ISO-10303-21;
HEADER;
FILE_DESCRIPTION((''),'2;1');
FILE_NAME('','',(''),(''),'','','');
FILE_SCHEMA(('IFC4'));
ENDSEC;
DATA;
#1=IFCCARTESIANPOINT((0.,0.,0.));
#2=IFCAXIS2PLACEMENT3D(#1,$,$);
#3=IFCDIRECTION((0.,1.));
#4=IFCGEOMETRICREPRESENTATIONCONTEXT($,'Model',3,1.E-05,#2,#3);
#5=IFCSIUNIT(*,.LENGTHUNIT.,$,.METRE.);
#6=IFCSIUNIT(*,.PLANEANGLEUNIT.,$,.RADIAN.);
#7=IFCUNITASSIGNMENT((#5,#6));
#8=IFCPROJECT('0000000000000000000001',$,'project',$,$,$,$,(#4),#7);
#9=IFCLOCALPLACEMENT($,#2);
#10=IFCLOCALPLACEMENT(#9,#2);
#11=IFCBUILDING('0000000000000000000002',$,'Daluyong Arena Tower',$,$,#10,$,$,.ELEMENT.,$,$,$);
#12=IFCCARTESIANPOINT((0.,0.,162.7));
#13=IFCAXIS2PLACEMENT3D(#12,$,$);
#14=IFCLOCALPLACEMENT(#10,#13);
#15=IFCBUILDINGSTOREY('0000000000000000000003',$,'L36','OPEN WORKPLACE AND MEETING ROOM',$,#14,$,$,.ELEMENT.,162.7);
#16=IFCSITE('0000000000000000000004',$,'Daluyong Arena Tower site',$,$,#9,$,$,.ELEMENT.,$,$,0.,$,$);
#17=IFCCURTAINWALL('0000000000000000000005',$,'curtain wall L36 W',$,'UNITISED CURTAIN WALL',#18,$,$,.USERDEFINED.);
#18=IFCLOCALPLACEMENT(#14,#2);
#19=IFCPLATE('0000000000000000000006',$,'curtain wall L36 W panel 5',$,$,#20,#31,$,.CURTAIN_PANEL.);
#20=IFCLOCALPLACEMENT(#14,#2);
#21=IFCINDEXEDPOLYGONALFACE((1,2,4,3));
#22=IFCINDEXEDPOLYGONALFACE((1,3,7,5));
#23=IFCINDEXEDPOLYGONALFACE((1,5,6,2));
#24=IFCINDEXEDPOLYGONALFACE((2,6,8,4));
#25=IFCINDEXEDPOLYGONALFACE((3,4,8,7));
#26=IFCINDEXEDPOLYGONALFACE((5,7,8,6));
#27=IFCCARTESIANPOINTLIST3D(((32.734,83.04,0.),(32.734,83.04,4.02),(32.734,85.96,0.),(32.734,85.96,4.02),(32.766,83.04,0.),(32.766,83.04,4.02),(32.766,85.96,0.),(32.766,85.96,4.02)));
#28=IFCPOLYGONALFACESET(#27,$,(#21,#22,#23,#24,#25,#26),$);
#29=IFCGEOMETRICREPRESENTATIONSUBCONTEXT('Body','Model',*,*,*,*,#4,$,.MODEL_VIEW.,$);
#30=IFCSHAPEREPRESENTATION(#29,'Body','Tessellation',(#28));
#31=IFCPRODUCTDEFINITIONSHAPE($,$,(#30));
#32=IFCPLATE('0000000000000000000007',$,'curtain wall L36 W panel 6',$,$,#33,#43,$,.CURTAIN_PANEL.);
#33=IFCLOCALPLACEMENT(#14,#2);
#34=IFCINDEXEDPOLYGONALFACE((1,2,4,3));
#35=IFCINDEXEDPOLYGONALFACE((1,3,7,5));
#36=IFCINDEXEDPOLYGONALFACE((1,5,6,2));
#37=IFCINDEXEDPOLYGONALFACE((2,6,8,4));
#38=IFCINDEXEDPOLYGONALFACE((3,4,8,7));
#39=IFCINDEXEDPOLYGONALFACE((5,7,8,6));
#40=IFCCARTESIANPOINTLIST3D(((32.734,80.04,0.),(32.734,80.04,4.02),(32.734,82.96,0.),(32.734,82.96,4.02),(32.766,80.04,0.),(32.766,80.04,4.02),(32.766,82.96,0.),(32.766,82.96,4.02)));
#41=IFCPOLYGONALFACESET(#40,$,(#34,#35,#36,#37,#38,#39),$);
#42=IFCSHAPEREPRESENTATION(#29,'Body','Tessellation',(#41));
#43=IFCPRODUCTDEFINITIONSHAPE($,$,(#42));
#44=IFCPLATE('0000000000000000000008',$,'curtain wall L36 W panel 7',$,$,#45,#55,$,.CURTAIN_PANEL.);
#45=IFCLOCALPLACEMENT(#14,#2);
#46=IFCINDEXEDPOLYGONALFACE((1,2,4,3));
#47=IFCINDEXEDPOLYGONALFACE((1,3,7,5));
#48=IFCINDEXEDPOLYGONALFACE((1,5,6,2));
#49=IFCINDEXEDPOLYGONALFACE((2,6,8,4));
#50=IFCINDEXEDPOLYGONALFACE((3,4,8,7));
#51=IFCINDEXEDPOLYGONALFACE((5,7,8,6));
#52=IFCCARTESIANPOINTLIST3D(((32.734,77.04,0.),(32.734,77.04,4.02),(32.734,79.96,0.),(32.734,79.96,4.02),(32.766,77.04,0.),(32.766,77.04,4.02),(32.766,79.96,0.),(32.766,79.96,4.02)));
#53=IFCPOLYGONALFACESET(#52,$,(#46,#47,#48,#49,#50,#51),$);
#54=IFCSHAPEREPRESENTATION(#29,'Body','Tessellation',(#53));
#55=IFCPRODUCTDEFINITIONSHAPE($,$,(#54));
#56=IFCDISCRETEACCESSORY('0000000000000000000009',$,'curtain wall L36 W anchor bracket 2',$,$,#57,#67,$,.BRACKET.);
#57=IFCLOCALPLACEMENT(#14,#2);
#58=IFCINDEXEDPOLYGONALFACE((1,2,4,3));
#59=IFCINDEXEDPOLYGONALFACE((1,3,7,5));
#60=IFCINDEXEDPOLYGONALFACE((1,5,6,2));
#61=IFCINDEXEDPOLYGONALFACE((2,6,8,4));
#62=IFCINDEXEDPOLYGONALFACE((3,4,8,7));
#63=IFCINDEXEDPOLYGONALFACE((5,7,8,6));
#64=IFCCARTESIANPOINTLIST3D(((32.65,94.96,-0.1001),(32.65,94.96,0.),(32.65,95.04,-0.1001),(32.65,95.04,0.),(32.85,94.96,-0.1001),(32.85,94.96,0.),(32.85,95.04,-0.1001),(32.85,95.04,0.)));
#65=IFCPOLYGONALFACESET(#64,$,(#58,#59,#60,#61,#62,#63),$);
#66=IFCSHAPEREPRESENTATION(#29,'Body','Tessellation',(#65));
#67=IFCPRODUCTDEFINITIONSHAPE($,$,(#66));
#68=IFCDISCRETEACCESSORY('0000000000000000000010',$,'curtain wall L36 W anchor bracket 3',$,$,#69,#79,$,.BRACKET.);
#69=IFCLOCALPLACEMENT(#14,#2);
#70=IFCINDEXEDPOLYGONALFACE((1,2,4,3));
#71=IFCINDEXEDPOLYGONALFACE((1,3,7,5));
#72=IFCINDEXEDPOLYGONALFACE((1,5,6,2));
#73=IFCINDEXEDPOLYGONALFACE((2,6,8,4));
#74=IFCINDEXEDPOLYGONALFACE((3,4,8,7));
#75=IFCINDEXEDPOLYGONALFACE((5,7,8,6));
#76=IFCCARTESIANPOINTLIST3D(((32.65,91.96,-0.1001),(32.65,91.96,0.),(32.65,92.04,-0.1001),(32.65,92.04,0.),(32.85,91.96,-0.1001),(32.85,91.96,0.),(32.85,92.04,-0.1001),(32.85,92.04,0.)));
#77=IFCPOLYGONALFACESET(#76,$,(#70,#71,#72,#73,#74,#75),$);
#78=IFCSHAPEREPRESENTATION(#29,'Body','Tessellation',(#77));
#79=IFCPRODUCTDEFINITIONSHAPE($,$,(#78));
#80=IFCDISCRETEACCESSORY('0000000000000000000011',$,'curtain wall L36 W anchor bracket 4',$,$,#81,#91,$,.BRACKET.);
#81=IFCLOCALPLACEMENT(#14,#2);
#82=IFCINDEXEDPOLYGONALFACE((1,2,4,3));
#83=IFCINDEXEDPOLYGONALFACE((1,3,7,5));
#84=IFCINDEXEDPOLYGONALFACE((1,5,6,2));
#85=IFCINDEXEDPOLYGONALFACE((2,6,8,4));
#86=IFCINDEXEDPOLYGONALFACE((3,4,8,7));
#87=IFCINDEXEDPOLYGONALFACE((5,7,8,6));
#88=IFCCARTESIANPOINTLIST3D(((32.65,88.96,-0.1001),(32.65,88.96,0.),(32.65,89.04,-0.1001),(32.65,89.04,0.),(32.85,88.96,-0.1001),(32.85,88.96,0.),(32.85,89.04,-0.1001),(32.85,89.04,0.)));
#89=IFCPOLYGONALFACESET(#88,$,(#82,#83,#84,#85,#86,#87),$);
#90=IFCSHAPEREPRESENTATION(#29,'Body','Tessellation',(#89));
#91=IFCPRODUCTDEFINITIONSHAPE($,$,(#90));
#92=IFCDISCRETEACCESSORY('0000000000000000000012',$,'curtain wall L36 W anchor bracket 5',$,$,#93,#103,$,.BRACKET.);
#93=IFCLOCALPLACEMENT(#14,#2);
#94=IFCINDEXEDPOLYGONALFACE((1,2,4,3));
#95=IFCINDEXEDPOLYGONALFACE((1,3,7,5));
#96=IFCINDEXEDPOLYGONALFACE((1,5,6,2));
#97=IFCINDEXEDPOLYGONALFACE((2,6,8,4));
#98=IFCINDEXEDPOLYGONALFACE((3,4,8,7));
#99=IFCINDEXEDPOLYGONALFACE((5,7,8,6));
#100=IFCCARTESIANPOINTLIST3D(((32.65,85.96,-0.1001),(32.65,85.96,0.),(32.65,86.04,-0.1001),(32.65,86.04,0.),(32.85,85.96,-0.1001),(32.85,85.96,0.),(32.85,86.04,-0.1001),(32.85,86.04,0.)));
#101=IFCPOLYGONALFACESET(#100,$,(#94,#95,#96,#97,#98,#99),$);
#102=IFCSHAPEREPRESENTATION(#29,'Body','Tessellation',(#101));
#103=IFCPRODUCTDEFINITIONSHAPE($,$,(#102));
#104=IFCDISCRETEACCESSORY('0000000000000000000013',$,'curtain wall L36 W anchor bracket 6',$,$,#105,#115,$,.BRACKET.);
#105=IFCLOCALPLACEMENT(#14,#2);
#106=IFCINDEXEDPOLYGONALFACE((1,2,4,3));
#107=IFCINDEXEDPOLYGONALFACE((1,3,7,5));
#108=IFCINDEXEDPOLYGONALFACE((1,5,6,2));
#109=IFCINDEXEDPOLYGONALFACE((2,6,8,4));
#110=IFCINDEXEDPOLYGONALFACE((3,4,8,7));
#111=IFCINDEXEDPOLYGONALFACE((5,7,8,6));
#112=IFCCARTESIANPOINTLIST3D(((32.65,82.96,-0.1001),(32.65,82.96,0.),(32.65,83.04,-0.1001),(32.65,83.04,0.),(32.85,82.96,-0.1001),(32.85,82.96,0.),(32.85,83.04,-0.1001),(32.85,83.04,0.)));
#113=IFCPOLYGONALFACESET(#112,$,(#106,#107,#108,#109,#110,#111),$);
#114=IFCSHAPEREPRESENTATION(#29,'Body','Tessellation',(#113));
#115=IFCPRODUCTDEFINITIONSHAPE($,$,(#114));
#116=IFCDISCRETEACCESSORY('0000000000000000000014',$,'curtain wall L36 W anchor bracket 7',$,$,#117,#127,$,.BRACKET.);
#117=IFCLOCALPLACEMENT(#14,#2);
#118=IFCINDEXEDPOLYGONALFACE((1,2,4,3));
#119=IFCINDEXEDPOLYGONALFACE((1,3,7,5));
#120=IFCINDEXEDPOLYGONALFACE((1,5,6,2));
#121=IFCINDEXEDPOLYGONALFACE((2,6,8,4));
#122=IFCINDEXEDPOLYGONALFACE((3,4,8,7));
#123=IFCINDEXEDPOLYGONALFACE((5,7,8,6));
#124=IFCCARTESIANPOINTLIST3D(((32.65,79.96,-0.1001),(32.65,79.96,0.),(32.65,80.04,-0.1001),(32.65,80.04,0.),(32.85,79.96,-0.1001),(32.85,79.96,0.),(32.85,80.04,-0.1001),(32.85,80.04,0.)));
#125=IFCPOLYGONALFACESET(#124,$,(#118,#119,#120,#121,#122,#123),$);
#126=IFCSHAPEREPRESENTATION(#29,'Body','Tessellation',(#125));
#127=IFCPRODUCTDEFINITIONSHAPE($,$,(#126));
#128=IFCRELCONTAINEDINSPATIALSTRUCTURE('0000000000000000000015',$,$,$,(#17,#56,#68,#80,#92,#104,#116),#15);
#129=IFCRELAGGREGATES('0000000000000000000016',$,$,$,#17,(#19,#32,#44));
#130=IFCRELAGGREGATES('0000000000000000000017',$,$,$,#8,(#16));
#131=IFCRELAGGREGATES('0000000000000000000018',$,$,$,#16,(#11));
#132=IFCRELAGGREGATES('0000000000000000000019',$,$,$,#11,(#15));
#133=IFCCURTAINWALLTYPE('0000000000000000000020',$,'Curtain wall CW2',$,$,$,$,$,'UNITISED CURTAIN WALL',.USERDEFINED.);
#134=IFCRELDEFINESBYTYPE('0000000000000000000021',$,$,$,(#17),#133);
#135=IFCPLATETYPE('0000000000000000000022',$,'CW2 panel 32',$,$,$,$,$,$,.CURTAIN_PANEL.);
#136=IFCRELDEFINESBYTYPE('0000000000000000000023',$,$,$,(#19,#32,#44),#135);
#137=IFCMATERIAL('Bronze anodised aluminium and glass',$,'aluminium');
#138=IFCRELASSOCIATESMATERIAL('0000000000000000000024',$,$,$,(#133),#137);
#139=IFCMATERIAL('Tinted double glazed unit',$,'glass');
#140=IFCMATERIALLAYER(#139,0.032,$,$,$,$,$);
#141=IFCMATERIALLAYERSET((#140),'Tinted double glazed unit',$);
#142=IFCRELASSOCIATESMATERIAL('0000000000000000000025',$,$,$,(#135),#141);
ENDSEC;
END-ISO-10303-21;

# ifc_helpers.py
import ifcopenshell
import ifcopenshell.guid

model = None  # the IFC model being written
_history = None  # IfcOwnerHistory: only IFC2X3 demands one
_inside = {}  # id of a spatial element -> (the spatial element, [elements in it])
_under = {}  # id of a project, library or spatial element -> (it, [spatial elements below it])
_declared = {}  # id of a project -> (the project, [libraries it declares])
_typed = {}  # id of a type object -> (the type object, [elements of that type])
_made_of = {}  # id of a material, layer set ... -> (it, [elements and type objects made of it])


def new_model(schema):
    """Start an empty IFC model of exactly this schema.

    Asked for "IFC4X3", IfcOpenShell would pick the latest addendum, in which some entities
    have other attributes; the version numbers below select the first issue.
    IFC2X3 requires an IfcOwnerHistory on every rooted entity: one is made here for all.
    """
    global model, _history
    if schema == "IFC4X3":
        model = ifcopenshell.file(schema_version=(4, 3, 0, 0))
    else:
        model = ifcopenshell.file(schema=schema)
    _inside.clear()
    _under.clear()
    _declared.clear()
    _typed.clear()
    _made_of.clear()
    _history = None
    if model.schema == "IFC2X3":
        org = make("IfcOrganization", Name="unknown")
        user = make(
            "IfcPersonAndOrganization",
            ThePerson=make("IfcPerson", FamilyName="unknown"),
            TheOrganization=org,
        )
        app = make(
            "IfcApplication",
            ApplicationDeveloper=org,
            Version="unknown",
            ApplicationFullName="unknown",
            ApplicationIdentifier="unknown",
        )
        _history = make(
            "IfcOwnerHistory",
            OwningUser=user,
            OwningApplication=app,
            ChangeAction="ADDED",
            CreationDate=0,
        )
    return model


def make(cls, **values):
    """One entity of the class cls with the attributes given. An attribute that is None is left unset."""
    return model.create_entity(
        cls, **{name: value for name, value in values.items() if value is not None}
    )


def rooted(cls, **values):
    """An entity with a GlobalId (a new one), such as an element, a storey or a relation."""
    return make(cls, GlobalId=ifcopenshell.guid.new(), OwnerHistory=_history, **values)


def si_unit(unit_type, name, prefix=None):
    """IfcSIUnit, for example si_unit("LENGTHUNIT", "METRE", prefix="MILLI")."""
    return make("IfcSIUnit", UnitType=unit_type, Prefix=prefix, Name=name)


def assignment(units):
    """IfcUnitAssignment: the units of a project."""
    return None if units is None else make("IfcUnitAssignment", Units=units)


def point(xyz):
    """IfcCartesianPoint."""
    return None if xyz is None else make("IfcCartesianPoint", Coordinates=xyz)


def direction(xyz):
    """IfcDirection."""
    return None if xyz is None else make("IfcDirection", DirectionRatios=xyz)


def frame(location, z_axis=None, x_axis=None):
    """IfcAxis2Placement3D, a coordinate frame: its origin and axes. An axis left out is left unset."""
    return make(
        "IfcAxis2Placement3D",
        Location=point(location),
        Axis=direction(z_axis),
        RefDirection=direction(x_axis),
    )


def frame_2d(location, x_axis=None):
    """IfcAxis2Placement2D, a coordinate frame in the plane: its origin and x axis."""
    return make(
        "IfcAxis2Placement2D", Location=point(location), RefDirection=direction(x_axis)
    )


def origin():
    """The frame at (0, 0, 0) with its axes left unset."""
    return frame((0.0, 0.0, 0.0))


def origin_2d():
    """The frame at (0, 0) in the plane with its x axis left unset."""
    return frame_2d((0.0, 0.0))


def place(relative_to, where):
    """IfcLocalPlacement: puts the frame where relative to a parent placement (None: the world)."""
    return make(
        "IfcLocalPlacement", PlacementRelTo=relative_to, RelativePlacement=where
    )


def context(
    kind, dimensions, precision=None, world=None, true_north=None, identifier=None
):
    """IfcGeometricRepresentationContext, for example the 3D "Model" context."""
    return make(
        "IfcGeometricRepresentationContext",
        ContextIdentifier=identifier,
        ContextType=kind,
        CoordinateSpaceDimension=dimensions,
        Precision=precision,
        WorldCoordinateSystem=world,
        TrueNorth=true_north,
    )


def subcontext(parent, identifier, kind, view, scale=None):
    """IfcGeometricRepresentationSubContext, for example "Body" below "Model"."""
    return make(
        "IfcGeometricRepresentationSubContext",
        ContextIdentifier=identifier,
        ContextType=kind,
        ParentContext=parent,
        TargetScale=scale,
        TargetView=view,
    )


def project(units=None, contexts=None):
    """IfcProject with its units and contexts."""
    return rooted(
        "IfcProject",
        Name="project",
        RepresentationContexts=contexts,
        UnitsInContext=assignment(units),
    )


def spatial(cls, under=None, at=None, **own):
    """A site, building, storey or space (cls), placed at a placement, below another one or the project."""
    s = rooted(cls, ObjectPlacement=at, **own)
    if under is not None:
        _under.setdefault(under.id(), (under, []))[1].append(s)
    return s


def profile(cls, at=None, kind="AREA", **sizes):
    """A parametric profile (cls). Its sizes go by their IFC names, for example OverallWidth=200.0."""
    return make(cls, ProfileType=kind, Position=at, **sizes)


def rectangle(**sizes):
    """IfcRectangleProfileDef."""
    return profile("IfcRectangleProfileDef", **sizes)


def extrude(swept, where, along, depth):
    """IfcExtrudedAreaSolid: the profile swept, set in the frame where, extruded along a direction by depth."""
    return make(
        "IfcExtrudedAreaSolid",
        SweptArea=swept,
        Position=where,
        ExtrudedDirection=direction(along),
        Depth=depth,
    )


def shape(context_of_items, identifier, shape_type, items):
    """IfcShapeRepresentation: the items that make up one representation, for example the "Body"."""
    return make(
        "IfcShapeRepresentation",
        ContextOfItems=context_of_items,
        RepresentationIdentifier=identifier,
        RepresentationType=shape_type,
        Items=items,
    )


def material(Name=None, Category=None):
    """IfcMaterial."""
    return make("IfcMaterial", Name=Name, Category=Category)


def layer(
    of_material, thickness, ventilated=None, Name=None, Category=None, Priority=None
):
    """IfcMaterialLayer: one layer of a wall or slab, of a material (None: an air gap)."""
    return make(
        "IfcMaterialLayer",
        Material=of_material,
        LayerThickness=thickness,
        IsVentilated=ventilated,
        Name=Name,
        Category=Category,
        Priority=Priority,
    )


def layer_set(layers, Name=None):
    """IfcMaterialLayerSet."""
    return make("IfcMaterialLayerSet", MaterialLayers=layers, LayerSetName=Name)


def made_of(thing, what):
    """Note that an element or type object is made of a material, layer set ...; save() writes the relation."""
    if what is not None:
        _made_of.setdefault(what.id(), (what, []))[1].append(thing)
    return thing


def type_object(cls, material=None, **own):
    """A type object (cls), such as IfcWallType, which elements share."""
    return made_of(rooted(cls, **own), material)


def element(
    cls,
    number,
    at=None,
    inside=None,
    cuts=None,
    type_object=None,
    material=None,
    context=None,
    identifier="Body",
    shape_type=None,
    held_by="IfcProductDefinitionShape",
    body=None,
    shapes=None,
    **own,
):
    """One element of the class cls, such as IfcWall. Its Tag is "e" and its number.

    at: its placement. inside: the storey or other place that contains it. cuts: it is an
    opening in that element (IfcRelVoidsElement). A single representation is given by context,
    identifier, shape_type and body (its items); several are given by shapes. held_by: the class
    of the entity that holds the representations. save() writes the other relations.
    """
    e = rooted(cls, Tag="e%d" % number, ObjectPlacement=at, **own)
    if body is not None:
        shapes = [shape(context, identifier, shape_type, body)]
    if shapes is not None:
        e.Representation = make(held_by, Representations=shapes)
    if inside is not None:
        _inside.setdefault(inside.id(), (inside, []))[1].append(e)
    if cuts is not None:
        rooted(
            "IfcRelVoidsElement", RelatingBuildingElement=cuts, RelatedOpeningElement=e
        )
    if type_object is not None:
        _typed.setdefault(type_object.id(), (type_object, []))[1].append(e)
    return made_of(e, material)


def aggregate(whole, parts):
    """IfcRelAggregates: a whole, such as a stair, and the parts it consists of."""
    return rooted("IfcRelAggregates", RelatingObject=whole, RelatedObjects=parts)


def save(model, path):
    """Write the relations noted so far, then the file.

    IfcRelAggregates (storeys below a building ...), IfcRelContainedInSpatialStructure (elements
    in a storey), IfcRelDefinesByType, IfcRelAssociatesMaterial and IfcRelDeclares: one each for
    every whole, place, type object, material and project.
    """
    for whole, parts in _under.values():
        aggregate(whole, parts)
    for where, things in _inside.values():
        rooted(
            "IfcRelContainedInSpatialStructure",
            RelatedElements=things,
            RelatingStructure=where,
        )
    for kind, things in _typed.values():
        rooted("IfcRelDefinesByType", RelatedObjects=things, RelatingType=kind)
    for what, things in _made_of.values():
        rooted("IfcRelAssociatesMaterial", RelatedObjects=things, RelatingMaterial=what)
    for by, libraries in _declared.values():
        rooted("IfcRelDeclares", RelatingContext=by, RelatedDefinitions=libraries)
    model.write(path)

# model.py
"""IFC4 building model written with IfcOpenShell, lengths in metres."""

from ifc_helpers import new_model, si_unit, direction, frame, origin, origin_2d, place, context, subcontext, project, spatial, rectangle, extrude, material, layer, layer_set, type_object, element, aggregate, save


model = new_model("IFC4")

# Units and contexts
model_context = context("Model", 3, precision=1e-05, world=origin(), true_north=direction((0.0, 1.0)))
body_context = subcontext(model_context, "Body", "Model", "MODEL_VIEW")
ifc_project = project(units=[si_unit("LENGTHUNIT", "METRE"), si_unit("PLANEANGLEUNIT", "RADIAN")], contexts=[model_context])

# Site, building, storey
site_placement = place(None, origin())
site = spatial("IfcSite", under=ifc_project, at=site_placement, Name="Daluyong Arena Tower site", CompositionType="ELEMENT", RefElevation=0.0)
building_placement = place(site_placement, origin())
building = spatial("IfcBuilding", under=site, at=building_placement, Name="Daluyong Arena Tower", CompositionType="ELEMENT")
storey_placement = place(building_placement, frame((0.0, 0.0, 162.7)))
storey = spatial("IfcBuildingStorey", under=building, at=storey_placement, Name="L36", Description="OPEN WORKPLACE AND MEETING ROOM", CompositionType="ELEMENT", Elevation=162.7)

# Curtain wall
ifc_material_1 = material(Name="Bronze anodised aluminium and glass", Category="aluminium")
curtain_wall_type = type_object("IfcCurtainWallType", Name="Curtain wall CW2", ElementType="UNITISED CURTAIN WALL", PredefinedType="USERDEFINED", material=ifc_material_1)
curtain_wall_placement = place(storey_placement, origin())
curtain_wall = element("IfcCurtainWall", 1, at=curtain_wall_placement, inside=storey, type_object=curtain_wall_type, Name="curtain wall L36 W", ObjectType="UNITISED CURTAIN WALL", PredefinedType="USERDEFINED")

# Plates
ifc_material_2 = material(Name="Tinted double glazed unit", Category="glass")
ifc_layer = layer(ifc_material_2, 0.032)
ifc_layer_set = layer_set([ifc_layer], Name="Tinted double glazed unit")
plate_type = type_object("IfcPlateType", Name="CW2 panel 32", PredefinedType="CURTAIN_PANEL", material=ifc_layer_set)
plate_1_placement = place(storey_placement, frame((32.75, 84.5, 0.0), z_axis=(0.0, 0.0, 1.0), x_axis=(0.0, -1.0, 0.0)))
plate_1 = element("IfcPlate", 2, at=plate_1_placement, type_object=plate_type, Name="curtain wall L36 W panel 5", PredefinedType="CURTAIN_PANEL", context=body_context, shape_type="SweptSolid", body=[
    extrude(rectangle(XDim=2.9199, YDim=0.032, at=origin_2d()), origin(), (0.0, 0.0, 1.0), 4.02),
])
plate_2_placement = place(storey_placement, frame((32.75, 81.5, 0.0), z_axis=(0.0, 0.0, 1.0), x_axis=(0.0, -1.0, 0.0)))
plate_2 = element("IfcPlate", 3, at=plate_2_placement, type_object=plate_type, Name="curtain wall L36 W panel 6", PredefinedType="CURTAIN_PANEL", context=body_context, shape_type="SweptSolid", body=[
    extrude(rectangle(XDim=2.9199, YDim=0.032, at=origin_2d()), origin(), (0.0, 0.0, 1.0), 4.02),
])
plate_3_placement = place(storey_placement, frame((32.75, 78.5, 0.0), z_axis=(0.0, 0.0, 1.0), x_axis=(0.0, -1.0, 0.0)))
plate_3 = element("IfcPlate", 4, at=plate_3_placement, type_object=plate_type, Name="curtain wall L36 W panel 7", PredefinedType="CURTAIN_PANEL", context=body_context, shape_type="SweptSolid", body=[
    extrude(rectangle(XDim=2.9199, YDim=0.032, at=origin_2d()), origin(), (0.0, 0.0, 1.0), 4.02),
])
aggregate(curtain_wall, [plate_1, plate_2, plate_3])

# Discrete accessories
for number, where, z_axis, x_axis, name in (
    (5, (32.75, 95.0, -0.1001), (0.0, 0.0, 1.0), (0.0, -1.0, 0.0), "curtain wall L36 W anchor bracket 2"),
    (6, (32.75, 92.0, -0.1001), (0.0, 0.0, 1.0), (0.0, -1.0, 0.0), "curtain wall L36 W anchor bracket 3"),
    (7, (32.75, 89.0, -0.1001), (0.0, 0.0, 1.0), (0.0, -1.0, 0.0), "curtain wall L36 W anchor bracket 4"),
    (8, (32.75, 86.0, -0.1001), (0.0, 0.0, 1.0), (0.0, -1.0, 0.0), "curtain wall L36 W anchor bracket 5"),
    (9, (32.75, 83.0, -0.1001), (0.0, 0.0, 1.0), (0.0, -1.0, 0.0), "curtain wall L36 W anchor bracket 6"),
    (10, (32.75, 80.0, -0.1001), (0.0, 0.0, 1.0), (0.0, -1.0, 0.0), "curtain wall L36 W anchor bracket 7"),
):
    element("IfcDiscreteAccessory", number, at=place(storey_placement, frame(where, z_axis=z_axis, x_axis=x_axis)), inside=storey, Name=name, PredefinedType="BRACKET", context=body_context, shape_type="SweptSolid", body=[
        extrude(rectangle(XDim=0.0801, YDim=0.2, at=origin_2d()), origin(), (0.0, 0.0, 1.0), 0.1001),
    ])

save(model, "model.ifc")
